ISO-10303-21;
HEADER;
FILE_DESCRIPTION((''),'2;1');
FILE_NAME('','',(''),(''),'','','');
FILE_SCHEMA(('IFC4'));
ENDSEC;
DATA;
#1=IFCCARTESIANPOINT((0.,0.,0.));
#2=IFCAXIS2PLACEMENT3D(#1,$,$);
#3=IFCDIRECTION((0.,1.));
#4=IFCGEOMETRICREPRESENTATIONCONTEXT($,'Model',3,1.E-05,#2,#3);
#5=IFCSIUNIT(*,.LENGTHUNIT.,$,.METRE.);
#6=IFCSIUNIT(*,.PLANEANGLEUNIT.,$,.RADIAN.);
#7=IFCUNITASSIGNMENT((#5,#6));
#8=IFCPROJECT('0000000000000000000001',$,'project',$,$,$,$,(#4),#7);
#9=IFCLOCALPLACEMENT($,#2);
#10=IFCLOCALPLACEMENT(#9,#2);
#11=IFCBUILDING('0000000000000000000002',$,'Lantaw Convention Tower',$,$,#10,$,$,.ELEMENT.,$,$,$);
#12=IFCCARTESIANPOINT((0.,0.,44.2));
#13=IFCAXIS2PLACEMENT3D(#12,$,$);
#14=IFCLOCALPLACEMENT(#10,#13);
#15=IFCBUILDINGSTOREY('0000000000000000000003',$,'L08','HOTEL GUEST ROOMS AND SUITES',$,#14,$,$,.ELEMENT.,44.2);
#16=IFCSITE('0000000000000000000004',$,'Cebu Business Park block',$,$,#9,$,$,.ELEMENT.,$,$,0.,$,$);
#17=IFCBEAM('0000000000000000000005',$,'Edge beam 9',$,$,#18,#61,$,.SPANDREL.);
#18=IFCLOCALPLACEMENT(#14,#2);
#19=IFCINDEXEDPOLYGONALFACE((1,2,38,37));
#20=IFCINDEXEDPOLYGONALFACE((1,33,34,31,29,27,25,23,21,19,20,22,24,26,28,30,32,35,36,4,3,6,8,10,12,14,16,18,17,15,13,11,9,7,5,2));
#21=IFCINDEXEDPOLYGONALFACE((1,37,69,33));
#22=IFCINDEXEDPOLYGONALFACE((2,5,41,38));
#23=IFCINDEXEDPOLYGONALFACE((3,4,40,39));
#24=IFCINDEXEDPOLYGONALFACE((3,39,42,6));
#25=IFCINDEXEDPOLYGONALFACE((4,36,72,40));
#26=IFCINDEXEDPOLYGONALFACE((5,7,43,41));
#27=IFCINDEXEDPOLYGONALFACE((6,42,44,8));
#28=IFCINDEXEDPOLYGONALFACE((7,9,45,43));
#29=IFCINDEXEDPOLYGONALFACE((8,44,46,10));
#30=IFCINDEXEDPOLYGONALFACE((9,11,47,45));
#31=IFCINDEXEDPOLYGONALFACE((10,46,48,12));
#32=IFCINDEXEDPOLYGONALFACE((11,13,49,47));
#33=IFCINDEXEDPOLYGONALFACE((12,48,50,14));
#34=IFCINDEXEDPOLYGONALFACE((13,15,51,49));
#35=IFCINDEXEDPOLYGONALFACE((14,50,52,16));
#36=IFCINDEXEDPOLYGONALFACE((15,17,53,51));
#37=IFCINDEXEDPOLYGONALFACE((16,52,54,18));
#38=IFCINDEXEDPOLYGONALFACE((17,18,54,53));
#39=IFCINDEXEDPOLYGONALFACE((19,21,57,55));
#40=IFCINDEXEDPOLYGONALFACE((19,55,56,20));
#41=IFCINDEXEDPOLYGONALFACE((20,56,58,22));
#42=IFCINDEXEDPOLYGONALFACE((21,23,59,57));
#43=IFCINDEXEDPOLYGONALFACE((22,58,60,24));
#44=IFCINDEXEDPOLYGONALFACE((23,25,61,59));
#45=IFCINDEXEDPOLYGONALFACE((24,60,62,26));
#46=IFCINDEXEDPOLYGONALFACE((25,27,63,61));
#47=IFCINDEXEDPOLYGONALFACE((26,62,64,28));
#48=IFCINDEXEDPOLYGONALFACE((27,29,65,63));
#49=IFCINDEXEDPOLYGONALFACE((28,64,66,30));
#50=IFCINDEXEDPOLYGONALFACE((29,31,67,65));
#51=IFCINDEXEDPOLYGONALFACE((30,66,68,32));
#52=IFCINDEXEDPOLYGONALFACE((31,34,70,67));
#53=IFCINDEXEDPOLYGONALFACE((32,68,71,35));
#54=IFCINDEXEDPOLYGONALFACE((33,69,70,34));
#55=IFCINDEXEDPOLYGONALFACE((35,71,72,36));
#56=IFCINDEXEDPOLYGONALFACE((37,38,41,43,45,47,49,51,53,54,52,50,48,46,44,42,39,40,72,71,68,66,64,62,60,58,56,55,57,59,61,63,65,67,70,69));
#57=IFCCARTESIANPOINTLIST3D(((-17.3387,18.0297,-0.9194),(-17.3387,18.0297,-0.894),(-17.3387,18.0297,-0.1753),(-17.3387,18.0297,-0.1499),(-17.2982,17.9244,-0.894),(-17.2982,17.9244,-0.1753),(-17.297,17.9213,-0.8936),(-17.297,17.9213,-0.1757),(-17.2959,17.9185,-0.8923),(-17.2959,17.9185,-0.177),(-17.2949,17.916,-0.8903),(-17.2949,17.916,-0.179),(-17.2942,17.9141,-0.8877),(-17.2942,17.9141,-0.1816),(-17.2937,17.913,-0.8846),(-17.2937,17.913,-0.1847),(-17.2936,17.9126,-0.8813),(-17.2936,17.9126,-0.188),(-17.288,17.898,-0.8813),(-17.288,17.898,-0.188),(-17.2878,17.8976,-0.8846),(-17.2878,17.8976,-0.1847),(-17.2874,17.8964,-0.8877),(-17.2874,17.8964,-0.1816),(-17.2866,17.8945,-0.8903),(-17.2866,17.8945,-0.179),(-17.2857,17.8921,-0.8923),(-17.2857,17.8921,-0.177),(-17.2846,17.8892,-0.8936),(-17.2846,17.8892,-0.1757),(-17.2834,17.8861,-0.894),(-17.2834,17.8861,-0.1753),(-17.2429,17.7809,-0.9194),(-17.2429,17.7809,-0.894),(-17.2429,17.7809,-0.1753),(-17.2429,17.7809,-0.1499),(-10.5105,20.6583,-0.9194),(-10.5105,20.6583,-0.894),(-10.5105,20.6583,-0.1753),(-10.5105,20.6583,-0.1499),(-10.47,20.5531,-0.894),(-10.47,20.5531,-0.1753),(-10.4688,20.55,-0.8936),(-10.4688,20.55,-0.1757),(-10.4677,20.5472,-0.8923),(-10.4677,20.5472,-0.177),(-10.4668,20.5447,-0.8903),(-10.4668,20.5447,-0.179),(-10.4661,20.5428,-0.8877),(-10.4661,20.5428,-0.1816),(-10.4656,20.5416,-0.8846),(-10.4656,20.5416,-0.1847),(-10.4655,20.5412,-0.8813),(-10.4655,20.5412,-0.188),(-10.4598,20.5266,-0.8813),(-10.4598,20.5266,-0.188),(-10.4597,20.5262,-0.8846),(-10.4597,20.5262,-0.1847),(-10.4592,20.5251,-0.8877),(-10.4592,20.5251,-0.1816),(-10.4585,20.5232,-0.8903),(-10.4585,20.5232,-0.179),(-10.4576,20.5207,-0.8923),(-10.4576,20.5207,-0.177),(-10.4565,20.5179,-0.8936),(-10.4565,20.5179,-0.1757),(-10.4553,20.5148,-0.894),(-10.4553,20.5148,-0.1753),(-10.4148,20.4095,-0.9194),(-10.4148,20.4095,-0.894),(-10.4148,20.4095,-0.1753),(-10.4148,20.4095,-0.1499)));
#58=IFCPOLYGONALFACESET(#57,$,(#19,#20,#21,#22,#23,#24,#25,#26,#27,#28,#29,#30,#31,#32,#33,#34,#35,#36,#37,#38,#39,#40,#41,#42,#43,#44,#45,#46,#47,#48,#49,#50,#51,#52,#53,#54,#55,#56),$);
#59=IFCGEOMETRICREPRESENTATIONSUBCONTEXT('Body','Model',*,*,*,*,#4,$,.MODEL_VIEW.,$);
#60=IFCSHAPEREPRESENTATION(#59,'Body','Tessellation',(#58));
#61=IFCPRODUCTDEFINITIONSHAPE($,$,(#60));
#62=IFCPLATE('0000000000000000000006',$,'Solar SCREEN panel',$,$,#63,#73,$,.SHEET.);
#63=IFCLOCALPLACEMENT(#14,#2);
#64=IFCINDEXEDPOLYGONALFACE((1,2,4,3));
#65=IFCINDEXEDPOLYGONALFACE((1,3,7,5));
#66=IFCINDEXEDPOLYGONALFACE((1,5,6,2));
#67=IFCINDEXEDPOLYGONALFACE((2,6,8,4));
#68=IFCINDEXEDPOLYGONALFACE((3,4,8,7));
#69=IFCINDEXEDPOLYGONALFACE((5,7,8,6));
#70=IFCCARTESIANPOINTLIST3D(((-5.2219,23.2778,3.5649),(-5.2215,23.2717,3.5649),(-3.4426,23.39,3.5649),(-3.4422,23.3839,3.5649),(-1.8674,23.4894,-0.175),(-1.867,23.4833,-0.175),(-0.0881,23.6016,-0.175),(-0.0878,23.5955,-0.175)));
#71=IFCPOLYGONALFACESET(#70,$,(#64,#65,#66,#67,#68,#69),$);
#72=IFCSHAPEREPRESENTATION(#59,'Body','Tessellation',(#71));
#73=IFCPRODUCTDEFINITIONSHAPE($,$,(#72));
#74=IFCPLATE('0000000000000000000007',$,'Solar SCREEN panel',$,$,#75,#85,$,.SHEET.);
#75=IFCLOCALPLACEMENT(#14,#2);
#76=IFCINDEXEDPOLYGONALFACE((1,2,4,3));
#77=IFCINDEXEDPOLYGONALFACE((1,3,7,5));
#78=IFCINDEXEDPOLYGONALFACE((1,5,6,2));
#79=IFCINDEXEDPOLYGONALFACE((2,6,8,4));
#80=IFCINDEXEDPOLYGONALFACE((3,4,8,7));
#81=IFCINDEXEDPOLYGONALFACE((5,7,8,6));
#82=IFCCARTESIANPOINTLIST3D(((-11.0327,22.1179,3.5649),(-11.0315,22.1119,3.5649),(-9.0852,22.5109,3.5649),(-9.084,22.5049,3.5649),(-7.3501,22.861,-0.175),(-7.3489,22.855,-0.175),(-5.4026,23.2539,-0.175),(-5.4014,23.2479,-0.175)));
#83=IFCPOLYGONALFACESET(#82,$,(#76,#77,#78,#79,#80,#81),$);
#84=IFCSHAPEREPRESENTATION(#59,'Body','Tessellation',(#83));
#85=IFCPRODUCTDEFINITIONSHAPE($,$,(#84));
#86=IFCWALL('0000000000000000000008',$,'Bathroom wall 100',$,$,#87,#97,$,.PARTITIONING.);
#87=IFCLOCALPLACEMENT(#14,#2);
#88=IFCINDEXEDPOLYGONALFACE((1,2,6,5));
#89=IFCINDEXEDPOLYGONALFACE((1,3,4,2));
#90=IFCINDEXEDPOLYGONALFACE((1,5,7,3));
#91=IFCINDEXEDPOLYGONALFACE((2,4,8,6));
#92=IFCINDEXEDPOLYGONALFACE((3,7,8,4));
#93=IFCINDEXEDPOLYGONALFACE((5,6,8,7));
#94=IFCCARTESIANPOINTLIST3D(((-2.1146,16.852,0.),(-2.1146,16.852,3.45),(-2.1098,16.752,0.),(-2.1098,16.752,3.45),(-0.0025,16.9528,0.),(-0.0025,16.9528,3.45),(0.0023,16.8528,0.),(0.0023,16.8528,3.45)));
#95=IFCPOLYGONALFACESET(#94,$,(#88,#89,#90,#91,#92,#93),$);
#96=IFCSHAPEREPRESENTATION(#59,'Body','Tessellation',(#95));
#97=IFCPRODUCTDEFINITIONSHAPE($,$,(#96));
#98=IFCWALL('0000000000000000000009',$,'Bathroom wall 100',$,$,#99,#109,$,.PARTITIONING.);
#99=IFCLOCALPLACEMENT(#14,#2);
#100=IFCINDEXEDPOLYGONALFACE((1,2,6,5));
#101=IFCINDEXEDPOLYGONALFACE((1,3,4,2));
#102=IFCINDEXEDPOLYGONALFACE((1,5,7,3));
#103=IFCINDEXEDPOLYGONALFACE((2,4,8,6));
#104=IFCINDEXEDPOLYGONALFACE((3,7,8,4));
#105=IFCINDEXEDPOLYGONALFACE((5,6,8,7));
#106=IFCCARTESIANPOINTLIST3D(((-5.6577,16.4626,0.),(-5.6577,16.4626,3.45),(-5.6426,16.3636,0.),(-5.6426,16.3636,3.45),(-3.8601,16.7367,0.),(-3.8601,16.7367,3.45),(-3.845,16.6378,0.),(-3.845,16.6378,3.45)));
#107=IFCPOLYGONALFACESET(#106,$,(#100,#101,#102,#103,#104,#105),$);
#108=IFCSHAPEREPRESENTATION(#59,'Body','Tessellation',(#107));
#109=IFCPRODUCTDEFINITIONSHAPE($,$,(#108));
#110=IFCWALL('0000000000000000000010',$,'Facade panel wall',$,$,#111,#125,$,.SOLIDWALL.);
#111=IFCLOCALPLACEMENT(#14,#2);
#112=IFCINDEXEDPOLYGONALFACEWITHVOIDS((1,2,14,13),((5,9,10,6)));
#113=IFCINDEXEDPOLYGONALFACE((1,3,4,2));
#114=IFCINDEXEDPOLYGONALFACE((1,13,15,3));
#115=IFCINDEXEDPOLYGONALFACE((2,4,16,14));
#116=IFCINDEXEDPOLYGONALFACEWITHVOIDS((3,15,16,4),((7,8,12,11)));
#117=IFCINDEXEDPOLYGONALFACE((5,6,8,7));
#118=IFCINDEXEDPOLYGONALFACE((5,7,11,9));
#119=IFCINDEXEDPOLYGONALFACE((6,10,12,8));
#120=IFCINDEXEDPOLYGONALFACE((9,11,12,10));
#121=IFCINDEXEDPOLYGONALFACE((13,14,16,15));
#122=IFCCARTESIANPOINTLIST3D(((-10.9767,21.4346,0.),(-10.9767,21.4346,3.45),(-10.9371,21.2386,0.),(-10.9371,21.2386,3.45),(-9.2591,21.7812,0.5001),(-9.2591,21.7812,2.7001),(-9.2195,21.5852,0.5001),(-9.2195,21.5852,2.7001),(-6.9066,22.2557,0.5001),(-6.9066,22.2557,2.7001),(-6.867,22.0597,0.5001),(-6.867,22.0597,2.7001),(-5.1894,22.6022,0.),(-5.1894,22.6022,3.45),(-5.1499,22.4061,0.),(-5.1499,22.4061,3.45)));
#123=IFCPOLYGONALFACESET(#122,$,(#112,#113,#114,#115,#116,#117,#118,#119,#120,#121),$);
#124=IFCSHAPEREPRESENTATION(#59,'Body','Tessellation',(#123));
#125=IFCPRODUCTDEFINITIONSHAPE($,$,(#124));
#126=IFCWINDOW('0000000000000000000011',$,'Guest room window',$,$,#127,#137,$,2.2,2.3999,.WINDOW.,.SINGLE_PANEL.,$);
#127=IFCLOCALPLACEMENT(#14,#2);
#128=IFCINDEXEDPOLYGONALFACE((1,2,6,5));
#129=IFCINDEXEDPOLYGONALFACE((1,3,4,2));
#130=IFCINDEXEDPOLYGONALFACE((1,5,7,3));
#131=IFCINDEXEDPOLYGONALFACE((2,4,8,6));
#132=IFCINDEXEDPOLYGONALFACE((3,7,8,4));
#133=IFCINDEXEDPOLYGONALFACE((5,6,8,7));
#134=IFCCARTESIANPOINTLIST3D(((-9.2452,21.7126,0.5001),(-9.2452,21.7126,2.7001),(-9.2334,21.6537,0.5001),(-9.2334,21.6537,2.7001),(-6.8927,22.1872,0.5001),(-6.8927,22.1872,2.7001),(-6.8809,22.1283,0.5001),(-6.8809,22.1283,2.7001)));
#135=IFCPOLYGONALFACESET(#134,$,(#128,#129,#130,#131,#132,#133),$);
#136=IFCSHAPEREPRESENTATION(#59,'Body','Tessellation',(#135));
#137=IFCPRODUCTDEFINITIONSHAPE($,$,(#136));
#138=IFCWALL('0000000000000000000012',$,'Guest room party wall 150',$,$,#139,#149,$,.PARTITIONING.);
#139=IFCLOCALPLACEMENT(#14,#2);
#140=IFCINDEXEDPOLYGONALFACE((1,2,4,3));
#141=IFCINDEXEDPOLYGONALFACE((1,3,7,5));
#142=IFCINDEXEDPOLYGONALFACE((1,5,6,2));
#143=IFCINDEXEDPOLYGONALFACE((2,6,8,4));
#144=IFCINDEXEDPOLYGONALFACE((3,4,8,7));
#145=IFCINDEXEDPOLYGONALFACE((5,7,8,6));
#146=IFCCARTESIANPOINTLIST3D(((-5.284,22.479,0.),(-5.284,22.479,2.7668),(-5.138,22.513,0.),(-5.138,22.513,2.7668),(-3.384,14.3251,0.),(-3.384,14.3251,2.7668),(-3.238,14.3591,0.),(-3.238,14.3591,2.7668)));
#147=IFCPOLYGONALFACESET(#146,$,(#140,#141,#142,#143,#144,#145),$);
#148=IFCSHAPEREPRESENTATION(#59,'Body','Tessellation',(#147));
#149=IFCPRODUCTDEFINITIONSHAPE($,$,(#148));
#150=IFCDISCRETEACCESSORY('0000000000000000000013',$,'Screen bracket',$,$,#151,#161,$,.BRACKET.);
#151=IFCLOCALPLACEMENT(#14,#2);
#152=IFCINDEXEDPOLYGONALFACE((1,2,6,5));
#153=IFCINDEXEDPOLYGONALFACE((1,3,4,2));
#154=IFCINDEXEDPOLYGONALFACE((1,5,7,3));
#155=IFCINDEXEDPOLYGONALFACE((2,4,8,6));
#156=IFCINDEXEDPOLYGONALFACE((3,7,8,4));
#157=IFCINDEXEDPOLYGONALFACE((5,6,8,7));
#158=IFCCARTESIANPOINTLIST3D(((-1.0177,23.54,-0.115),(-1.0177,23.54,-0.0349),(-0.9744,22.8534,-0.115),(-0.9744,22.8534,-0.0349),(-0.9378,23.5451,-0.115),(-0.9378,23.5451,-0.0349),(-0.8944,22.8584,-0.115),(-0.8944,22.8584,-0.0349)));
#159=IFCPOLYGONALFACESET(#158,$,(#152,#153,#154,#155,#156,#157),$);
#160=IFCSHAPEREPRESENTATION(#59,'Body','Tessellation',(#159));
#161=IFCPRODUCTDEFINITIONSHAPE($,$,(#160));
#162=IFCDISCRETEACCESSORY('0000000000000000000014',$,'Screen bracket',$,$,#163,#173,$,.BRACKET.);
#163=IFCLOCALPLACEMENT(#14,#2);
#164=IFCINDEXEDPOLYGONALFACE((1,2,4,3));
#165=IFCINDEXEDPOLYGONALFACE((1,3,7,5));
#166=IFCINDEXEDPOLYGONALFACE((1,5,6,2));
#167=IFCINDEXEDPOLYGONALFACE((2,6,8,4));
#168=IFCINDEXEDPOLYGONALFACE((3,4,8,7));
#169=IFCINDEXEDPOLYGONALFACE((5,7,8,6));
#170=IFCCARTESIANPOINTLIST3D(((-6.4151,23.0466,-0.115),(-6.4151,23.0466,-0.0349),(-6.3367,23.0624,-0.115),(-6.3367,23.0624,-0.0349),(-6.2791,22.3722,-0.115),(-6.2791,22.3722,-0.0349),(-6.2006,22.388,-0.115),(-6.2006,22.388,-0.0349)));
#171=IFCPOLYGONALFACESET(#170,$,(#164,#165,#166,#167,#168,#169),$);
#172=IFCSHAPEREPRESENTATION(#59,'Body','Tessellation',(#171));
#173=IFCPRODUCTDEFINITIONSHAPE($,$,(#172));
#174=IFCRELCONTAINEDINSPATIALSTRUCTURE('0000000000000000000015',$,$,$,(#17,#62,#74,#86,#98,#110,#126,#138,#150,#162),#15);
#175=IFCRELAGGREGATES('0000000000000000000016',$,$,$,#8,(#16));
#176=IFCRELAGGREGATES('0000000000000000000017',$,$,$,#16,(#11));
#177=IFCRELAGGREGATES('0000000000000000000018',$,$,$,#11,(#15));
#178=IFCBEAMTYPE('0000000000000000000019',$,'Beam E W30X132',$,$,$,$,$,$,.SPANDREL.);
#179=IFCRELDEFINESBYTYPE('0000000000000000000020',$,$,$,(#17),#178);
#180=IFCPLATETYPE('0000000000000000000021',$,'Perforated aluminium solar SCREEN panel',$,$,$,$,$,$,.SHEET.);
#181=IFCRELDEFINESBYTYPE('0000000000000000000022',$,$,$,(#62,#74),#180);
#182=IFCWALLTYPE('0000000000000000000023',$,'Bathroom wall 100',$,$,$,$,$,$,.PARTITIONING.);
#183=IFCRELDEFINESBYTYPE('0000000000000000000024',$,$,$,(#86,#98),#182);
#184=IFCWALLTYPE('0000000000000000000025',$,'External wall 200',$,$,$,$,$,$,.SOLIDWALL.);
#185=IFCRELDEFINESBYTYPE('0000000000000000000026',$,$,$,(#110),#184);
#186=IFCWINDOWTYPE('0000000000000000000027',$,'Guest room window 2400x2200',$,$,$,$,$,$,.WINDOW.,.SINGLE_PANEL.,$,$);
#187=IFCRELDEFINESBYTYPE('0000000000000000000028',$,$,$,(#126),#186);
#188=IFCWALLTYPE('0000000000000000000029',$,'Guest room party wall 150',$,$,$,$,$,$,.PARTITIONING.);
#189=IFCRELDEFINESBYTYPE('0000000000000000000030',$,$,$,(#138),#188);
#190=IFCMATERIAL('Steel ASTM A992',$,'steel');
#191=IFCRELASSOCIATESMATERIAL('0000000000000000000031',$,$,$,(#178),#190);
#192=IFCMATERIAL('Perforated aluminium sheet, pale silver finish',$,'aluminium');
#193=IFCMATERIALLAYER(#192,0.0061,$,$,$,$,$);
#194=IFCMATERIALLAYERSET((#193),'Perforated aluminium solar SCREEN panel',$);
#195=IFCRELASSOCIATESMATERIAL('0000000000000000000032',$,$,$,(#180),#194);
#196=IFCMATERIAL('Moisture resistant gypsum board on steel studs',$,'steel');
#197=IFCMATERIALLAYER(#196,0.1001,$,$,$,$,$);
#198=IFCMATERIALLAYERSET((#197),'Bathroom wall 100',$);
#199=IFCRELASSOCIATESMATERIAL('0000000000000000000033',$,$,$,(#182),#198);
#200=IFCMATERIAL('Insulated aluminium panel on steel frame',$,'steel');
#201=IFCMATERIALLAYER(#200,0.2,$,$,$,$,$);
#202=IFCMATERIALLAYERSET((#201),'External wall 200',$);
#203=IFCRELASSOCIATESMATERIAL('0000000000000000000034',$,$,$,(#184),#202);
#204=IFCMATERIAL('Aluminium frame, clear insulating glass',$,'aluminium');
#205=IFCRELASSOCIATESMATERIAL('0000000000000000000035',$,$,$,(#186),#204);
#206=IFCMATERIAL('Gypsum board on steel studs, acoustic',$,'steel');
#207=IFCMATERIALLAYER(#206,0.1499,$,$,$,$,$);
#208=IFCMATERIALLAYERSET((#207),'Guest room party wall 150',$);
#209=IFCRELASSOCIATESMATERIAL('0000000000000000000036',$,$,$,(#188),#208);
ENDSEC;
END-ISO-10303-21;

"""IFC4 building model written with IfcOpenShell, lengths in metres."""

from ifc_helpers import new_model, si_unit, direction, frame, frame_2d, origin, origin_2d, place, context, subcontext, project, spatial, polyline, rectangle, i_section, outline, extrude, material, layer, layer_set, material_profile, profile_set, type_object, element, fill, save


model = new_model("IFC4")

# Units and contexts
model_context = context("Model", 3, precision=1e-05, world=origin(), true_north=direction((0.0, 1.0)))
body_context = subcontext(model_context, "Body", "Model", "MODEL_VIEW")
ifc_project = project(units=[si_unit("LENGTHUNIT", "METRE"), si_unit("PLANEANGLEUNIT", "RADIAN")], contexts=[model_context])

# Site, building, storey
site_placement = place(None, origin())
site = spatial("IfcSite", under=ifc_project, at=site_placement, Name="Cebu Business Park block", CompositionType="ELEMENT", RefElevation=0.0)
building_placement = place(site_placement, origin())
building = spatial("IfcBuilding", under=site, at=building_placement, Name="Lantaw Convention Tower", CompositionType="ELEMENT")
storey_placement = place(building_placement, frame((0.0, 0.0, 44.2)))
storey = spatial("IfcBuildingStorey", under=building, at=storey_placement, Name="L08", Description="HOTEL GUEST ROOMS AND SUITES", CompositionType="ELEMENT", Elevation=44.2)

# Beam
ifc_material_1 = material(Name="Steel ASTM A992", Category="steel")
ifc_material_profile_1 = material_profile(ifc_material_1, i_section(OverallWidth=0.2666, OverallDepth=0.7695, WebThickness=0.0156, FlangeThickness=0.0254, FilletRadius=0.0127, at=origin_2d()), Name="W30X132")
ifc_profile_set_1 = profile_set([ifc_material_profile_1], Name="Steel ASTM A992")
beam_type = type_object("IfcBeamType", Name="Beam E W30X132", PredefinedType="SPANDREL", material=ifc_profile_set_1)
beam_1_placement = place(storey_placement, frame((-10.4626, 20.5339, -0.5347), z_axis=(-0.933233, -0.359272, 0.0), x_axis=(0.359272, -0.933233, 0.0)))
element("IfcBeam", 1, at=beam_1_placement, inside=storey, type_object=beam_type, Name="Edge beam 9", PredefinedType="SPANDREL", context=body_context, shape_type="SweptSolid", body=[
    extrude(i_section(OverallWidth=0.2666, OverallDepth=0.7695, WebThickness=0.0156, FlangeThickness=0.0254, FilletRadius=0.0127, at=origin_2d()), origin(), (0.0, 0.0, 1.0), 7.3167),
])

# Plates
ifc_material_2 = material(Name="Perforated aluminium sheet, pale silver finish", Category="aluminium")
ifc_layer_1 = layer(ifc_material_2, 0.0061)
ifc_layer_set_1 = layer_set([ifc_layer_1], Name="Perforated aluminium solar SCREEN panel")
plate_type = type_object("IfcPlateType", Name="Perforated aluminium solar SCREEN panel", PredefinedType="SHEET", material=ifc_layer_set_1)
plate_1_placement = place(storey_placement, frame((-0.0881, 23.6016, -0.175), z_axis=(-0.062924, 0.998018, 0.000014), x_axis=(-0.998018, -0.062924, 0.0)))
element("IfcPlate", 2, at=plate_1_placement, inside=storey, type_object=plate_type, Name="Solar SCREEN panel", PredefinedType="SHEET", context=body_context, shape_type="SweptSolid", body=[
    extrude(outline(polyline([(0.0, 0.0), (1.7828, 0.0), (5.144, 3.74), (3.3611, 3.74), (0.0, 0.0)])), origin(), (0.0, 0.0, -1.0), 0.0061),
])
plate_2_placement = place(storey_placement, frame((-5.4026, 23.2539, -0.175), z_axis=(-0.197782, 0.980246, 0.000002), x_axis=(-0.980246, -0.197782, 0.0)))
element("IfcPlate", 3, at=plate_2_placement, inside=storey, type_object=plate_type, Name="Solar SCREEN panel", PredefinedType="SHEET", context=body_context, shape_type="SweptSolid", body=[
    extrude(outline(polyline([(0.0, 0.0), (1.9867, 0.0), (5.7436, 3.74), (3.7568, 3.74), (0.0, 0.0)])), origin(), (0.0, 0.0, -1.0), 0.0061),
])

# Walls
ifc_material_3 = material(Name="Moisture resistant gypsum board on steel studs", Category="steel")
ifc_layer_2 = layer(ifc_material_3, 0.1001)
ifc_layer_set_2 = layer_set([ifc_layer_2], Name="Bathroom wall 100")
wall_type_1 = type_object("IfcWallType", Name="Bathroom wall 100", PredefinedType="PARTITIONING", material=ifc_layer_set_2)
wall_1_placement = place(storey_placement, frame((-2.1121, 16.802, 0.0), z_axis=(0.0, 0.0, 1.0), x_axis=(0.998862, 0.047686, 0.0)))
element("IfcWall", 4, at=wall_1_placement, inside=storey, type_object=wall_type_1, Name="Bathroom wall 100", PredefinedType="PARTITIONING", context=body_context, shape_type="SweptSolid", body=[
    extrude(rectangle(XDim=2.1145, YDim=0.1001, at=frame_2d((1.0571, 0.0))), origin(), (0.0, 0.0, 1.0), 3.45),
])
wall_2_placement = place(storey_placement, frame((-5.6501, 16.4131, 0.0), z_axis=(0.0, 0.0, 1.0), x_axis=(0.988568, 0.150776, 0.0)))
element("IfcWall", 5, at=wall_2_placement, inside=storey, type_object=wall_type_1, Name="Bathroom wall 100", PredefinedType="PARTITIONING", context=body_context, shape_type="SweptSolid", body=[
    extrude(rectangle(XDim=1.8184, YDim=0.1001, at=frame_2d((0.9092, 0.0))), origin(), (0.0, 0.0, 1.0), 3.45),
])

# Wall, opening, window
ifc_material_4 = material(Name="Insulated aluminium panel on steel frame", Category="steel")
ifc_layer_3 = layer(ifc_material_4, 0.2)
ifc_layer_set_3 = layer_set([ifc_layer_3], Name="External wall 200")
wall_type_2 = type_object("IfcWallType", Name="External wall 200", PredefinedType="SOLIDWALL", material=ifc_layer_set_3)
wall_3_placement = place(storey_placement, frame((-5.1697, 22.5042, 0.0), z_axis=(0.0, 0.0, 1.0), x_axis=(-0.980252, -0.197754, 0.0)))
wall_3 = element("IfcWall", 6, at=wall_3_placement, inside=storey, type_object=wall_type_2, Name="Facade panel wall", PredefinedType="SOLIDWALL", context=body_context, shape_type="SweptSolid", body=[
    extrude(rectangle(XDim=5.9038, YDim=0.2, at=frame_2d((2.9519, 0.0))), origin(), (0.0, 0.0, 1.0), 3.45),
])
opening_placement = place(wall_3_placement, frame((1.7517, 0.0, 0.5)))
opening = element("IfcOpeningElement", 7, at=opening_placement, cuts=wall_3, PredefinedType="OPENING", context=body_context, shape_type="SweptSolid", body=[
    extrude(rectangle(XDim=2.3999, YDim=2.2, at=frame_2d((1.2, 1.1001))), frame((0.0, 0.1099, 0.0), z_axis=(0.0, -1.0, 0.0), x_axis=(1.0, 0.0, 0.0)), (0.0, 0.0, 1.0), 0.22),
])
ifc_material_5 = material(Name="Aluminium frame, clear insulating glass", Category="aluminium")
window_type = type_object("IfcWindowType", Name="Guest room window 2400x2200", PartitioningType="SINGLE_PANEL", PredefinedType="WINDOW", material=ifc_material_5)
window_placement = place(opening_placement, origin())
window = element("IfcWindow", 8, at=window_placement, inside=storey, type_object=window_type, Name="Guest room window", OverallHeight=2.2, OverallWidth=2.3999, PartitioningType="SINGLE_PANEL", PredefinedType="WINDOW", context=body_context, shape_type="SweptSolid", body=[
    extrude(rectangle(XDim=2.3999, YDim=2.2, at=frame_2d((1.2, 1.1001))), frame((0.0, 0.03, 0.0), z_axis=(0.0, -1.0, 0.0), x_axis=(1.0, 0.0, 0.0)), (0.0, 0.0, 1.0), 0.0601),
])
fill(opening, window)

# Wall
ifc_material_6 = material(Name="Gypsum board on steel studs, acoustic", Category="steel")
ifc_layer_4 = layer(ifc_material_6, 0.1499)
ifc_layer_set_4 = layer_set([ifc_layer_4], Name="Guest room party wall 150")
wall_type_3 = type_object("IfcWallType", Name="Guest room party wall 150", PredefinedType="PARTITIONING", material=ifc_layer_set_4)
wall_4_placement = place(storey_placement, frame((-5.2109, 22.4958, 0.0), z_axis=(0.0, 0.0, 1.0), x_axis=(0.226929, -0.973911, 0.0)))
element("IfcWall", 9, at=wall_4_placement, inside=storey, type_object=wall_type_3, Name="Guest room party wall 150", PredefinedType="PARTITIONING", context=body_context, shape_type="SweptSolid", body=[
    extrude(rectangle(XDim=8.3723, YDim=0.1499, at=frame_2d((4.186, 0.0))), origin(), (0.0, 0.0, 1.0), 2.7668),
])

# Discrete accessories
for number, where, z_axis, x_axis, name in (
    (10, (-0.9561, 23.1992, -0.115), (0.0, 0.0, 1.0), (-0.998016, -0.062958, 0.0), "Screen bracket"),
    (11, (-6.3079, 22.7173, -0.115), (0.0, 0.0, 1.0), (-0.980245, -0.197789, 0.0), "Screen bracket"),
):
    element("IfcDiscreteAccessory", number, at=place(storey_placement, frame(where, z_axis=z_axis, x_axis=x_axis)), inside=storey, Name=name, PredefinedType="BRACKET", context=body_context, shape_type="SweptSolid", body=[
        extrude(rectangle(XDim=0.0801, YDim=0.688, at=origin_2d()), origin(), (0.0, 0.0, 1.0), 0.0801),
    ])

save(model, "model.ifc")
